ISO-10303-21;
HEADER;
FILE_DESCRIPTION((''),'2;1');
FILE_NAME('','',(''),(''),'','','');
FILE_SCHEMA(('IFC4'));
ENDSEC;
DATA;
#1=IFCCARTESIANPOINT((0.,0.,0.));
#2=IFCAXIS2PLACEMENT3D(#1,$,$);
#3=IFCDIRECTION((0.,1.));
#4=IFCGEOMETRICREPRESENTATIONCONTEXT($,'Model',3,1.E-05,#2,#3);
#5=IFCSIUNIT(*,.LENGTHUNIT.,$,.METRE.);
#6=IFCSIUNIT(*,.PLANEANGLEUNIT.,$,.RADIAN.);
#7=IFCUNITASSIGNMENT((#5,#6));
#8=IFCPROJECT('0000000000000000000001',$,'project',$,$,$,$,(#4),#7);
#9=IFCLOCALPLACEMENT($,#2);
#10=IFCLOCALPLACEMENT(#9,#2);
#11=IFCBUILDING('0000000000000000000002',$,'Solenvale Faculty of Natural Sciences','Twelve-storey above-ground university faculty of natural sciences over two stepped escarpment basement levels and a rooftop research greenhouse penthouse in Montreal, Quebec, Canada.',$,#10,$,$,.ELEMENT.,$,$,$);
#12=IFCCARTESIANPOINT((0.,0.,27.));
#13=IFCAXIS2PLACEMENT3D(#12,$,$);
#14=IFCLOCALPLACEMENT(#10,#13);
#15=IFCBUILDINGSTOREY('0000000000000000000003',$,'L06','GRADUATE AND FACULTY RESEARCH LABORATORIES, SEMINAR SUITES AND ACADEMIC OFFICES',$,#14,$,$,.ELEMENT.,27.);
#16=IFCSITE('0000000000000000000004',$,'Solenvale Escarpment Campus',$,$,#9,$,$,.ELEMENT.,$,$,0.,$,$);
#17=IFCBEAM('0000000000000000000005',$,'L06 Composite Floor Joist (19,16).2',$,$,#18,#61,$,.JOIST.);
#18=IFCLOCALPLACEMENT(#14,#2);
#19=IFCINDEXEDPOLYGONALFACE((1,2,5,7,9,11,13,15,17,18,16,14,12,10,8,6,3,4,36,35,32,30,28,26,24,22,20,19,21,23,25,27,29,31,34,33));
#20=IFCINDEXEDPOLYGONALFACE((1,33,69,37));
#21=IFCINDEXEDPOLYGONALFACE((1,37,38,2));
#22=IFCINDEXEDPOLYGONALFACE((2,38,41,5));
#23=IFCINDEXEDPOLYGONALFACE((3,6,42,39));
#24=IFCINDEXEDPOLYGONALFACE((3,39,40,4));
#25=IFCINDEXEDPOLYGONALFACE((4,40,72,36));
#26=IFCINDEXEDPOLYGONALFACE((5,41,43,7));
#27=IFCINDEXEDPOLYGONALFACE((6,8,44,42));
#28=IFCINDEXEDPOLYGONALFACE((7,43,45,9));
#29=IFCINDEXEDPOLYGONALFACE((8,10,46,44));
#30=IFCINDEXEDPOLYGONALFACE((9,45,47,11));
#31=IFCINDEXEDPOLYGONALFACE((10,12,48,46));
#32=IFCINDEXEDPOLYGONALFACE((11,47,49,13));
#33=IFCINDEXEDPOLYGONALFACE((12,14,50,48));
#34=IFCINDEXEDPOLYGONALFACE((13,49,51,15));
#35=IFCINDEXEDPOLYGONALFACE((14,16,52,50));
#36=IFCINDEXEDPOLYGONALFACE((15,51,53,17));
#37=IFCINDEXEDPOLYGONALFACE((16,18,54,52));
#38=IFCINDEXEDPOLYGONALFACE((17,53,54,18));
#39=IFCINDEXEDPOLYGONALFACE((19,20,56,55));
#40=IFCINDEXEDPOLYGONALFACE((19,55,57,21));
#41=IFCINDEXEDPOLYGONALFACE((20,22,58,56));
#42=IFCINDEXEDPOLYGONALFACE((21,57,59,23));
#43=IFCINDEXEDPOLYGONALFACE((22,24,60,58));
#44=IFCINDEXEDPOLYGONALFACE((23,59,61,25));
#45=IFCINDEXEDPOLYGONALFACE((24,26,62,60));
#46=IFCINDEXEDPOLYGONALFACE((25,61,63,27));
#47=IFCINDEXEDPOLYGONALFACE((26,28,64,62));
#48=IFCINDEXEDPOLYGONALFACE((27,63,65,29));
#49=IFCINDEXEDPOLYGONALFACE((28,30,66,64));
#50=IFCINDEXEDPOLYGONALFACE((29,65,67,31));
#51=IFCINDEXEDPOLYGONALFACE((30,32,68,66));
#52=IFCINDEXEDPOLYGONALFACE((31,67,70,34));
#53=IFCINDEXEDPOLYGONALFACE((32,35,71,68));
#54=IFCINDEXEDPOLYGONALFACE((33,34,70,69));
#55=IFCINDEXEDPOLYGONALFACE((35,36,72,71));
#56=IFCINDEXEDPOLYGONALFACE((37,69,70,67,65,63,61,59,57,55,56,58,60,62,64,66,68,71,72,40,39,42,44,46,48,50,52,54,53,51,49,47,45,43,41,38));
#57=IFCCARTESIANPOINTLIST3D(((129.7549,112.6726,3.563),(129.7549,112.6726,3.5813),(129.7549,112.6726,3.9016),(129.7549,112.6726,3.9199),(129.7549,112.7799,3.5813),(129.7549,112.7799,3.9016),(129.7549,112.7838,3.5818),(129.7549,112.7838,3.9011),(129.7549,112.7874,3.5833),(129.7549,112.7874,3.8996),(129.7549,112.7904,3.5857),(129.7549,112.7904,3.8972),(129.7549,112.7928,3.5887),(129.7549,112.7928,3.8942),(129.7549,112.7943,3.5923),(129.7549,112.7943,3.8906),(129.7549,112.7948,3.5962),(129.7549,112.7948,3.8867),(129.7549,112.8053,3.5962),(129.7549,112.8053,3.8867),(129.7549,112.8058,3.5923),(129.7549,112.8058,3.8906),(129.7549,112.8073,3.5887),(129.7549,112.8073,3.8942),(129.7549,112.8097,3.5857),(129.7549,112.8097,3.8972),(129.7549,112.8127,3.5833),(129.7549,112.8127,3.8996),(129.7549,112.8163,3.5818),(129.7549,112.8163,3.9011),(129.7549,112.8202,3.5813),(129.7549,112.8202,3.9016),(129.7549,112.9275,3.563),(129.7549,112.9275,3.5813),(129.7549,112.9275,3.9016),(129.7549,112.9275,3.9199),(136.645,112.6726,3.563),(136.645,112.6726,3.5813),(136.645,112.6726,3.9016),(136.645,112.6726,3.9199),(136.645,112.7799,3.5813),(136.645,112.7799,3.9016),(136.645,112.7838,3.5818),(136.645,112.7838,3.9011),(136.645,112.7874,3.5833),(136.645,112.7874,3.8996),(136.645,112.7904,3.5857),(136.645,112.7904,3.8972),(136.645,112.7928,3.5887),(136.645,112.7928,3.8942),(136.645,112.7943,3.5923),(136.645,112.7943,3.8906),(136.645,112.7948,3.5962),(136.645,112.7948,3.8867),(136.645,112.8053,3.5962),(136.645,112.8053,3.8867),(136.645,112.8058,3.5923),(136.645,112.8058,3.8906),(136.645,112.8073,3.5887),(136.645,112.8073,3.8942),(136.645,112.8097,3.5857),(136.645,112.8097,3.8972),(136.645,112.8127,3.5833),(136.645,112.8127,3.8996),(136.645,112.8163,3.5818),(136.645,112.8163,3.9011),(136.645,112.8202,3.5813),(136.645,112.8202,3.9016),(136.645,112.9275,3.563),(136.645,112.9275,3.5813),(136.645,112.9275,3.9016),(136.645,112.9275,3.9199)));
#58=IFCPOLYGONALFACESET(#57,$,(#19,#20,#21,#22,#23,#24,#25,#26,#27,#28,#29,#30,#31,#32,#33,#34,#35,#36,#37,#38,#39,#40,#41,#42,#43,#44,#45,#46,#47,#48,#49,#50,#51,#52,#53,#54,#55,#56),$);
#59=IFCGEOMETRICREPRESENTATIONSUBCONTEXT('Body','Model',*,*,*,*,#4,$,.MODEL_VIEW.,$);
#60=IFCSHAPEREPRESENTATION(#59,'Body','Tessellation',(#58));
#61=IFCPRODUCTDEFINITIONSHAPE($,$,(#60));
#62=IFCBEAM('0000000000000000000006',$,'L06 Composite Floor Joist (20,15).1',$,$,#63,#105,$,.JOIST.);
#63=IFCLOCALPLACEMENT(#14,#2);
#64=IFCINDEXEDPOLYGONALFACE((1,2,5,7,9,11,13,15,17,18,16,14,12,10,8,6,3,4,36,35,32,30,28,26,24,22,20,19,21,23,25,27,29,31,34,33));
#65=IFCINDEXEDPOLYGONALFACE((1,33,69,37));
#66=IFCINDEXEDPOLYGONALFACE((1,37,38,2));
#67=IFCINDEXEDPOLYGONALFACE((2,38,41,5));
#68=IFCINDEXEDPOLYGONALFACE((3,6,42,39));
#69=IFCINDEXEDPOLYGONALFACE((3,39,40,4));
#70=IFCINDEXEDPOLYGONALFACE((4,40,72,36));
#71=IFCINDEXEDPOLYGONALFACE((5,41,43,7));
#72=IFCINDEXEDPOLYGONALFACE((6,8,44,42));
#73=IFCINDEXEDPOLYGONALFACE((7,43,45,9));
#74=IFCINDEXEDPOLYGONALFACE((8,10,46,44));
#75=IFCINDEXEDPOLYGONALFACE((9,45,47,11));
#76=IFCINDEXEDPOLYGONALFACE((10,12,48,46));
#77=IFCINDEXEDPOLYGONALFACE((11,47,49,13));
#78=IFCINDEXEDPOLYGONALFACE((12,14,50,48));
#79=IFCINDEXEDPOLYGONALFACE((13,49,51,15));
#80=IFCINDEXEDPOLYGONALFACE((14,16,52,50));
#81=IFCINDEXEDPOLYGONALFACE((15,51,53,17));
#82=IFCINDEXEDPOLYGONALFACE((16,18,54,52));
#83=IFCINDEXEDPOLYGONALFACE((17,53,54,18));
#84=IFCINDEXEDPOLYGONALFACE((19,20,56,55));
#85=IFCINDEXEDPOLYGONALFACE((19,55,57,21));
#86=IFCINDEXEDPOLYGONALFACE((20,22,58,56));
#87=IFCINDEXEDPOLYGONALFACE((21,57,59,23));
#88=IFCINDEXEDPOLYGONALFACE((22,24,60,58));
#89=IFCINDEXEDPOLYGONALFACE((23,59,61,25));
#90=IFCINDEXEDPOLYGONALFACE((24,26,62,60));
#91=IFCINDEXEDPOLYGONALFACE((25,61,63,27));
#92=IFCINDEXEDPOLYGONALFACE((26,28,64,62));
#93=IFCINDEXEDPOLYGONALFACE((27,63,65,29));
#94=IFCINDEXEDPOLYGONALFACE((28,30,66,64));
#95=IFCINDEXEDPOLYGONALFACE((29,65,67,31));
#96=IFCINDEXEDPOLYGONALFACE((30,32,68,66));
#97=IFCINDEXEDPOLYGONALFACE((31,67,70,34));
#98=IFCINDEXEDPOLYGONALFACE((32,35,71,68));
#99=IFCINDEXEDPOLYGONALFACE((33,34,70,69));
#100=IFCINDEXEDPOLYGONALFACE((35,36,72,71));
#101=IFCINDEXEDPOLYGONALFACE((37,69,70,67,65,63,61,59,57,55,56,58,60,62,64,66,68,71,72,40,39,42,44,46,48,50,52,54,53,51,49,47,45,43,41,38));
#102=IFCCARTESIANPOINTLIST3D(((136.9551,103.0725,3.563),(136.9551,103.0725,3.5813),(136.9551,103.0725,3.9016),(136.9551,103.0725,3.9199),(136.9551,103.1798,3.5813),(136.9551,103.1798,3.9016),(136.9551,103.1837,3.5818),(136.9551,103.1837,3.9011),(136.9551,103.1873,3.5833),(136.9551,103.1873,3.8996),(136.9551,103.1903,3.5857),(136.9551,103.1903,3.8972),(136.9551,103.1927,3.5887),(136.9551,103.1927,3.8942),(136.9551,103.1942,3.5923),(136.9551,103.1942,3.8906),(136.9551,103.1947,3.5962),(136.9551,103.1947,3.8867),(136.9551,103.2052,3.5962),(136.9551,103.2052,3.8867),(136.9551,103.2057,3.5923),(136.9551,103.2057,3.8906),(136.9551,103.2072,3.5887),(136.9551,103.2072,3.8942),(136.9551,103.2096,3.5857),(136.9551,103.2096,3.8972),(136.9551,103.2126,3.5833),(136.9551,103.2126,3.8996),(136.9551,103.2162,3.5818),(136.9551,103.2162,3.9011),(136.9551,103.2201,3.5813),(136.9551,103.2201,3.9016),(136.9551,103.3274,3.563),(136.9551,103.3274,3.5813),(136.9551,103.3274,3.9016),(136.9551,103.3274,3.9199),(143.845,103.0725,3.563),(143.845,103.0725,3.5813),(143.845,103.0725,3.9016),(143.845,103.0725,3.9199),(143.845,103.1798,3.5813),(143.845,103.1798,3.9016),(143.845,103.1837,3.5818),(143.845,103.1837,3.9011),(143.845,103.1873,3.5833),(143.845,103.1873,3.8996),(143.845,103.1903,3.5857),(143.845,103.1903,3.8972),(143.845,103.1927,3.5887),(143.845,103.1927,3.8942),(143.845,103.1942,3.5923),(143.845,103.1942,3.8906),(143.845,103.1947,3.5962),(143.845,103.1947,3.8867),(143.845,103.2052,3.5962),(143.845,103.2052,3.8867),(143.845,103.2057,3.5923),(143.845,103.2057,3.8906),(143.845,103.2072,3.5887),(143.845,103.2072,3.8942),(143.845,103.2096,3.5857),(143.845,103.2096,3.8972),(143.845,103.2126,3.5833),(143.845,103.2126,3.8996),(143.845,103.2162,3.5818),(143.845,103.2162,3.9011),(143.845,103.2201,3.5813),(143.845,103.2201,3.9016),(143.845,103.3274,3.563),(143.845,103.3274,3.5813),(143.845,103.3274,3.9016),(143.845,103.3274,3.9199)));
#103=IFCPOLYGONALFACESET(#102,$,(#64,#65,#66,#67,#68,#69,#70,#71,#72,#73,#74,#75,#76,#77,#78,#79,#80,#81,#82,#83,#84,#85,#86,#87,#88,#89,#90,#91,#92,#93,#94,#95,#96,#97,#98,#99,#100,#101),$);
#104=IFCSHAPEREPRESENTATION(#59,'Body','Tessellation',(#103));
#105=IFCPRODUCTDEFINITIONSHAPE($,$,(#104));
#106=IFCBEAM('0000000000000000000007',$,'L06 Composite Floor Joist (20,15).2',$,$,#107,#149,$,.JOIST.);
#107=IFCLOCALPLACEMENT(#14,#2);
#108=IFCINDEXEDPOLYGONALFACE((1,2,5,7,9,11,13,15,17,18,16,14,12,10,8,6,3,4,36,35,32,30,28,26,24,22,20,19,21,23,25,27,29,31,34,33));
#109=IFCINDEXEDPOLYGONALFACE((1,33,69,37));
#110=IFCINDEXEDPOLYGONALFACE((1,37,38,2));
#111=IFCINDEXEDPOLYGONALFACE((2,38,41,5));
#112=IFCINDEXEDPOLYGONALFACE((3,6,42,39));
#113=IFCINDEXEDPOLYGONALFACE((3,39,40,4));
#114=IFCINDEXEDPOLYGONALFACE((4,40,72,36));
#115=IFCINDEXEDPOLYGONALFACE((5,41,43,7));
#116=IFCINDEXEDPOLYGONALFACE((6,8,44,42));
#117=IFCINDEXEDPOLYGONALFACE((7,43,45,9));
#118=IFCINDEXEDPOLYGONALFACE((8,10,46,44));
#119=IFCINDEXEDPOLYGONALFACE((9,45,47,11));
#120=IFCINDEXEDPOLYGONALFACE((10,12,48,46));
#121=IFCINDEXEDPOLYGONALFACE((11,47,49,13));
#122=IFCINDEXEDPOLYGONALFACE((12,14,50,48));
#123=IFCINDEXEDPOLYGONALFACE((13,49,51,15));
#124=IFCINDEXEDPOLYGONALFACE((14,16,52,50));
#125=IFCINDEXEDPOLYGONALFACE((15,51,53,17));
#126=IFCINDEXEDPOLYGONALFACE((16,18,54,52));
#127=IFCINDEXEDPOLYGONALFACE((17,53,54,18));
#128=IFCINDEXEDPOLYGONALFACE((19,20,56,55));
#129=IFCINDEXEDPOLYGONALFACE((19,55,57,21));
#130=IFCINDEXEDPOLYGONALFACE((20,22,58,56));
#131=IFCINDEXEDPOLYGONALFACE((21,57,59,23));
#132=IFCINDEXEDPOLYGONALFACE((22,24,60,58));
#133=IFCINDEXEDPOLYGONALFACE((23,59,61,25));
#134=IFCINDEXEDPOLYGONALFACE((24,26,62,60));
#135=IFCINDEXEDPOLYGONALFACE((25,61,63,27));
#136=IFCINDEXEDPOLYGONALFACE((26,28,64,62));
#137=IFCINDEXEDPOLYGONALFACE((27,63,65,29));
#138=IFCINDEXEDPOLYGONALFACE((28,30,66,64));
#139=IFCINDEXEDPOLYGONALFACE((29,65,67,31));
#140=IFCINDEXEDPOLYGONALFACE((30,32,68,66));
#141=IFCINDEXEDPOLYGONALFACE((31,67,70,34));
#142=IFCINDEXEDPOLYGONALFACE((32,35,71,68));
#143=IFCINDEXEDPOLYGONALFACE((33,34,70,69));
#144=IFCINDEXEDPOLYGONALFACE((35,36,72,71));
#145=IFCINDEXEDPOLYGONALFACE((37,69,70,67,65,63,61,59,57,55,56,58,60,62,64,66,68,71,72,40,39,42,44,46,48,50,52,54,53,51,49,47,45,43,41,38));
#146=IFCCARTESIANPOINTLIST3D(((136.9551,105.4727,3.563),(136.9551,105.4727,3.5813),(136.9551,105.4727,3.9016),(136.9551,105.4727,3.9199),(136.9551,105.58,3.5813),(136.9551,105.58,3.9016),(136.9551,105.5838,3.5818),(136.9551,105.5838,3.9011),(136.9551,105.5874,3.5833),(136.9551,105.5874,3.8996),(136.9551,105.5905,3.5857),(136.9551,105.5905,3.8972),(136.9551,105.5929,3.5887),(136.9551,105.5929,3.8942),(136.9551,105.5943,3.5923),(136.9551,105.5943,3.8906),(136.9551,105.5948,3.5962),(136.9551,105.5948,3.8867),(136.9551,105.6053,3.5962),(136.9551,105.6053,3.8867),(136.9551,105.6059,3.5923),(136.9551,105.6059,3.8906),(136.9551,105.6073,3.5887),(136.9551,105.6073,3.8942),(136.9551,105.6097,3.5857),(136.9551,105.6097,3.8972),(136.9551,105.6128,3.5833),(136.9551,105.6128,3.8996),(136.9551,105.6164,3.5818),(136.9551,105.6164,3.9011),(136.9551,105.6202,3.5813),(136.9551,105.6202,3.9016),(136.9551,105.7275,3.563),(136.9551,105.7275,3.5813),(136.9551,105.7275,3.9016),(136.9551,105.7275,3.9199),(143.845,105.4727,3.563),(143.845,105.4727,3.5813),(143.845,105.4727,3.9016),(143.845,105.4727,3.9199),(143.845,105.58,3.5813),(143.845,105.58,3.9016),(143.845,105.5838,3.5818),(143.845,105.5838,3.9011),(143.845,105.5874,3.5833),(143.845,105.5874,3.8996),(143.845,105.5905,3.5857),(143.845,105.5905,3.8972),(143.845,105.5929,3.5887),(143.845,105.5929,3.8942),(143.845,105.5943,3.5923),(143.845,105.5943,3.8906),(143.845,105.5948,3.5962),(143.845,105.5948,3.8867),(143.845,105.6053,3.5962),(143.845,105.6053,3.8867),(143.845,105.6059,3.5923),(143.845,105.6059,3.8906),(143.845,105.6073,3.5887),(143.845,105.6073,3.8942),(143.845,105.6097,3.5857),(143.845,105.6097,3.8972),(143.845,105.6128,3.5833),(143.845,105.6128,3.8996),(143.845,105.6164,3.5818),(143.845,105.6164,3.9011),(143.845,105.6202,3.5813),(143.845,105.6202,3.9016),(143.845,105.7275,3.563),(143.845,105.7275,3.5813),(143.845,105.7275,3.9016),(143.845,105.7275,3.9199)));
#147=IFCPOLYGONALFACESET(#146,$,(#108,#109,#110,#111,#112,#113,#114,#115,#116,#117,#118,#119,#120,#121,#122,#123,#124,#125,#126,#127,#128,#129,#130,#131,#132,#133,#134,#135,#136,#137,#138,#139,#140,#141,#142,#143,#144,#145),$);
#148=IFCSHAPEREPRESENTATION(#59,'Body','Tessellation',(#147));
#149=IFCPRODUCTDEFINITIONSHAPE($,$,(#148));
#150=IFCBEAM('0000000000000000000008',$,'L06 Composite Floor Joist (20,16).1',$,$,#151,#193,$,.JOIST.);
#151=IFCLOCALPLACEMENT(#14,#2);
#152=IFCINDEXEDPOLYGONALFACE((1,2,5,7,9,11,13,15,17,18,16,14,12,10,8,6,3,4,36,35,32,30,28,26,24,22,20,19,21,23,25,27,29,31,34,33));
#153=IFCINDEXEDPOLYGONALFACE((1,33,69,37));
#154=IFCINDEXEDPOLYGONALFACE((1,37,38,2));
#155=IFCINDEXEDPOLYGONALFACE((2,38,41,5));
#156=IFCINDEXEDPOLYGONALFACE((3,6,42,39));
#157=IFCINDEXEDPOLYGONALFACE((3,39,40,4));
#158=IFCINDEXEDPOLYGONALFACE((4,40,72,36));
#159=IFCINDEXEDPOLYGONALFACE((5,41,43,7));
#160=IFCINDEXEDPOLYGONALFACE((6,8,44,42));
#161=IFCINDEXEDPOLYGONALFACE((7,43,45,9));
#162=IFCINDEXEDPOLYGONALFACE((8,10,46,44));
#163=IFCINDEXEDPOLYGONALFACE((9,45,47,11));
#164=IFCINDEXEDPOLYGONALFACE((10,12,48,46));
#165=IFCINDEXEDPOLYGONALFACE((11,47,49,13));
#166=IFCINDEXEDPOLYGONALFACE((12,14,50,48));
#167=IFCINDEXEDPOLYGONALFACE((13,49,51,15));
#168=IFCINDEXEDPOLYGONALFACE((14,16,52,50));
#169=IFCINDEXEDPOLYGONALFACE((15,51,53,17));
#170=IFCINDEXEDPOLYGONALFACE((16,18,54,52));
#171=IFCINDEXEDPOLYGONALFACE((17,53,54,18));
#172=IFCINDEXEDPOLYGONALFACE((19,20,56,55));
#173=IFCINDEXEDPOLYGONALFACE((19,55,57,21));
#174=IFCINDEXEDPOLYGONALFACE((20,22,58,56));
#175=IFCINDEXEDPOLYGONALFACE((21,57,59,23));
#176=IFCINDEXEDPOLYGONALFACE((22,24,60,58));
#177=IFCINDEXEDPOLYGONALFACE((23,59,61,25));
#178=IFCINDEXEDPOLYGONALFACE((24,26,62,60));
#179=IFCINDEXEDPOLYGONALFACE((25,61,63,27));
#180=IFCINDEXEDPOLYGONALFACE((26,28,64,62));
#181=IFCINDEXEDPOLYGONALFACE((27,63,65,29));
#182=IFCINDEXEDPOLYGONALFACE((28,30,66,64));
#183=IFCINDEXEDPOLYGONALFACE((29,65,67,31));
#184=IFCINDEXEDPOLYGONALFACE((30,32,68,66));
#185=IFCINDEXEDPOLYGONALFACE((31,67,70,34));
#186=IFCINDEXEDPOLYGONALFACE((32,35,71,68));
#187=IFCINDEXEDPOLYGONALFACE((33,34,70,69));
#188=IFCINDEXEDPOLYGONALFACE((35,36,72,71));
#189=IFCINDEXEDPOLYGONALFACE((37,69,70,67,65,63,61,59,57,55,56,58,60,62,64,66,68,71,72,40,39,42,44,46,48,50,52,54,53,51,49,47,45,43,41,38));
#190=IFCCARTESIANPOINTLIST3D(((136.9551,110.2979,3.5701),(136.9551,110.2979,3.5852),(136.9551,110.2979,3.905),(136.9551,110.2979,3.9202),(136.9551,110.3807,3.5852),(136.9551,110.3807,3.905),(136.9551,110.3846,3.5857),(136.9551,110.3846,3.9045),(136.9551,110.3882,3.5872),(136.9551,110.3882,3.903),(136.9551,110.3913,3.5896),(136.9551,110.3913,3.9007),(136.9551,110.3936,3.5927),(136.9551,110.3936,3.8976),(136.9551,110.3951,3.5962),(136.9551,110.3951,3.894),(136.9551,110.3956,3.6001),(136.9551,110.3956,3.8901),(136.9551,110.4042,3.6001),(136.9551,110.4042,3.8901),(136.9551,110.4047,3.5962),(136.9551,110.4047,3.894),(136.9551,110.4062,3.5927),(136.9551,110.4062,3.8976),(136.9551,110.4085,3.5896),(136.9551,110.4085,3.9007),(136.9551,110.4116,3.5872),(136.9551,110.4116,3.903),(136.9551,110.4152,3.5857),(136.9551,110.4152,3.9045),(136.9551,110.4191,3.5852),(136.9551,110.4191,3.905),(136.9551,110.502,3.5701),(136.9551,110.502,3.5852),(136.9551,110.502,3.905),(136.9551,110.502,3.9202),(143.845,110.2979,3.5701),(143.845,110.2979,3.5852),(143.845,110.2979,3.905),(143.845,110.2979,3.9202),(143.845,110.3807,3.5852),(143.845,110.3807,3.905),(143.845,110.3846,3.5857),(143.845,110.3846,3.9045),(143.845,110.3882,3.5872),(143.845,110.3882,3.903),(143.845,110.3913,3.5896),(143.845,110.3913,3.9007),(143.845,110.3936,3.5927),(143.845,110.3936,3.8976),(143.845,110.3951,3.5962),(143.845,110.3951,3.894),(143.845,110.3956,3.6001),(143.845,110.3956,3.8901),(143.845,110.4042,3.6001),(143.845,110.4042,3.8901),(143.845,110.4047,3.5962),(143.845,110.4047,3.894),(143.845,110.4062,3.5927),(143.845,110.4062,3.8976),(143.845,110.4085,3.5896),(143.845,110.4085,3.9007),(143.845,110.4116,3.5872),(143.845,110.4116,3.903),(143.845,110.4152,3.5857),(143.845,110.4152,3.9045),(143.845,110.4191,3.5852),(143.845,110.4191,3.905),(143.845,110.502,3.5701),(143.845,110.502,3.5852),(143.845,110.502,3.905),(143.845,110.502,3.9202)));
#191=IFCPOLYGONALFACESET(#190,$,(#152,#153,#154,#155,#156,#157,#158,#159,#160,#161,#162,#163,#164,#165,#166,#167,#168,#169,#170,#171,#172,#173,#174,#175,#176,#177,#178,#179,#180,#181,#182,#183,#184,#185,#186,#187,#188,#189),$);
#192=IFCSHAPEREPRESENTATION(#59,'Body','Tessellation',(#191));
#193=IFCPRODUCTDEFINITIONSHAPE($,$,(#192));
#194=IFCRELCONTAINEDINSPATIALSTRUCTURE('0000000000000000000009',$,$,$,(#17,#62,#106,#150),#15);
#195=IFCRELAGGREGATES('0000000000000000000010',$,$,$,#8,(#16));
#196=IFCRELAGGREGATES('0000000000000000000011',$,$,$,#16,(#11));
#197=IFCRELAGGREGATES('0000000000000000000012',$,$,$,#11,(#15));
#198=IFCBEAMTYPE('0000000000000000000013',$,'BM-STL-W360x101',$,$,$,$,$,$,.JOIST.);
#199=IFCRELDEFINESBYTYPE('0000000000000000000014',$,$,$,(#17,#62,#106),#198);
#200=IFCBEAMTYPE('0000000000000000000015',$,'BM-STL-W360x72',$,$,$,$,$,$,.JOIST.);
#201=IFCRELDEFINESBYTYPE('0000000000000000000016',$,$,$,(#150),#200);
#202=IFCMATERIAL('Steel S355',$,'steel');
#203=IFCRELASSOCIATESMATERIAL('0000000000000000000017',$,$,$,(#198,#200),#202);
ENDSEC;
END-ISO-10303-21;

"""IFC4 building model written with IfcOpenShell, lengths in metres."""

from ifc_helpers import new_model, si_unit, direction, frame, origin, origin_2d, place, context, subcontext, project, spatial, i_section, extrude, material, material_profile, profile_set, type_object, element, save


model = new_model("IFC4")

# Units and contexts
model_context = context("Model", 3, precision=1e-05, world=origin(), true_north=direction((0.0, 1.0)))
body_context = subcontext(model_context, "Body", "Model", "MODEL_VIEW")
ifc_project = project(units=[si_unit("LENGTHUNIT", "METRE"), si_unit("PLANEANGLEUNIT", "RADIAN")], contexts=[model_context])

# Site, building, storey
site_placement = place(None, origin())
site = spatial("IfcSite", under=ifc_project, at=site_placement, Name="Solenvale Escarpment Campus", CompositionType="ELEMENT", RefElevation=0.0)
building_placement = place(site_placement, origin())
building = spatial("IfcBuilding", under=site, at=building_placement, Name="Solenvale Faculty of Natural Sciences", Description="Twelve-storey above-ground university faculty of natural sciences over two stepped escarpment basement levels and a rooftop research greenhouse penthouse in Montreal, Quebec, Canada.", CompositionType="ELEMENT")
storey_placement = place(building_placement, frame((0.0, 0.0, 27.0)))
storey = spatial("IfcBuildingStorey", under=building, at=storey_placement, Name="L06", Description="GRADUATE AND FACULTY RESEARCH LABORATORIES, SEMINAR SUITES AND ACADEMIC OFFICES", CompositionType="ELEMENT", Elevation=27.0)

# Beams
ifc_material_1 = material(Name="Steel S355", Category="steel")
ifc_material_profile_1 = material_profile(ifc_material_1, i_section(OverallWidth=0.2549, OverallDepth=0.3569, WebThickness=0.0105, FlangeThickness=0.0183, FilletRadius=0.0149, at=origin_2d()), Name="W360x101")
ifc_profile_set_1 = profile_set([ifc_material_profile_1], Name="Steel S355")
beam_type_1 = type_object("IfcBeamType", Name="BM-STL-W360x101", PredefinedType="JOIST", material=ifc_profile_set_1)
for number, where, z_axis, x_axis, name in (
    (1, (129.7549, 112.8, 3.7415), (1.0, 0.0, 0.0), (0.0, 1.0, 0.0), "L06 Composite Floor Joist (19,16).2"),
):
    element("IfcBeam", number, at=place(storey_placement, frame(where, z_axis=z_axis, x_axis=x_axis)), inside=storey, type_object=beam_type_1, Name=name, PredefinedType="JOIST", context=body_context, shape_type="SweptSolid", body=[
        extrude(i_section(OverallWidth=0.2549, OverallDepth=0.3569, WebThickness=0.0105, FlangeThickness=0.0183, FilletRadius=0.0149, at=origin_2d()), origin(), (0.0, 0.0, 1.0), 6.8901),
    ])
for number, where, z_axis, x_axis, name in (
    (2, (136.9551, 103.2, 3.7415), (1.0, 0.0, 0.0), (0.0, 1.0, 0.0), "L06 Composite Floor Joist (20,15).1"),
    (3, (136.9551, 105.6001, 3.7415), (1.0, 0.0, 0.0), (0.0, 1.0, 0.0), "L06 Composite Floor Joist (20,15).2"),
):
    element("IfcBeam", number, at=place(storey_placement, frame(where, z_axis=z_axis, x_axis=x_axis)), inside=storey, type_object=beam_type_1, Name=name, PredefinedType="JOIST", context=body_context, shape_type="SweptSolid", body=[
        extrude(i_section(OverallWidth=0.2549, OverallDepth=0.3569, WebThickness=0.0105, FlangeThickness=0.0183, FilletRadius=0.0149, at=origin_2d()), origin(), (0.0, 0.0, 1.0), 6.8899),
    ])
ifc_material_profile_2 = material_profile(ifc_material_1, i_section(OverallWidth=0.2041, OverallDepth=0.3501, WebThickness=0.0085, FlangeThickness=0.0151, FilletRadius=0.0149, at=origin_2d()), Name="W360x72")
ifc_profile_set_2 = profile_set([ifc_material_profile_2], Name="Steel S355")
beam_type_2 = type_object("IfcBeamType", Name="BM-STL-W360x72", PredefinedType="JOIST", material=ifc_profile_set_2)
for number, where, z_axis, x_axis, name in (
    (4, (136.9551, 110.3999, 3.7451), (1.0, 0.0, 0.0), (0.0, 1.0, 0.0), "L06 Composite Floor Joist (20,16).1"),
):
    element("IfcBeam", number, at=place(storey_placement, frame(where, z_axis=z_axis, x_axis=x_axis)), inside=storey, type_object=beam_type_2, Name=name, PredefinedType="JOIST", context=body_context, shape_type="SweptSolid", body=[
        extrude(i_section(OverallWidth=0.2041, OverallDepth=0.3501, WebThickness=0.0085, FlangeThickness=0.0151, FilletRadius=0.0149, at=origin_2d()), origin(), (0.0, 0.0, 1.0), 6.8899),
    ])

save(model, "model.ifc")
